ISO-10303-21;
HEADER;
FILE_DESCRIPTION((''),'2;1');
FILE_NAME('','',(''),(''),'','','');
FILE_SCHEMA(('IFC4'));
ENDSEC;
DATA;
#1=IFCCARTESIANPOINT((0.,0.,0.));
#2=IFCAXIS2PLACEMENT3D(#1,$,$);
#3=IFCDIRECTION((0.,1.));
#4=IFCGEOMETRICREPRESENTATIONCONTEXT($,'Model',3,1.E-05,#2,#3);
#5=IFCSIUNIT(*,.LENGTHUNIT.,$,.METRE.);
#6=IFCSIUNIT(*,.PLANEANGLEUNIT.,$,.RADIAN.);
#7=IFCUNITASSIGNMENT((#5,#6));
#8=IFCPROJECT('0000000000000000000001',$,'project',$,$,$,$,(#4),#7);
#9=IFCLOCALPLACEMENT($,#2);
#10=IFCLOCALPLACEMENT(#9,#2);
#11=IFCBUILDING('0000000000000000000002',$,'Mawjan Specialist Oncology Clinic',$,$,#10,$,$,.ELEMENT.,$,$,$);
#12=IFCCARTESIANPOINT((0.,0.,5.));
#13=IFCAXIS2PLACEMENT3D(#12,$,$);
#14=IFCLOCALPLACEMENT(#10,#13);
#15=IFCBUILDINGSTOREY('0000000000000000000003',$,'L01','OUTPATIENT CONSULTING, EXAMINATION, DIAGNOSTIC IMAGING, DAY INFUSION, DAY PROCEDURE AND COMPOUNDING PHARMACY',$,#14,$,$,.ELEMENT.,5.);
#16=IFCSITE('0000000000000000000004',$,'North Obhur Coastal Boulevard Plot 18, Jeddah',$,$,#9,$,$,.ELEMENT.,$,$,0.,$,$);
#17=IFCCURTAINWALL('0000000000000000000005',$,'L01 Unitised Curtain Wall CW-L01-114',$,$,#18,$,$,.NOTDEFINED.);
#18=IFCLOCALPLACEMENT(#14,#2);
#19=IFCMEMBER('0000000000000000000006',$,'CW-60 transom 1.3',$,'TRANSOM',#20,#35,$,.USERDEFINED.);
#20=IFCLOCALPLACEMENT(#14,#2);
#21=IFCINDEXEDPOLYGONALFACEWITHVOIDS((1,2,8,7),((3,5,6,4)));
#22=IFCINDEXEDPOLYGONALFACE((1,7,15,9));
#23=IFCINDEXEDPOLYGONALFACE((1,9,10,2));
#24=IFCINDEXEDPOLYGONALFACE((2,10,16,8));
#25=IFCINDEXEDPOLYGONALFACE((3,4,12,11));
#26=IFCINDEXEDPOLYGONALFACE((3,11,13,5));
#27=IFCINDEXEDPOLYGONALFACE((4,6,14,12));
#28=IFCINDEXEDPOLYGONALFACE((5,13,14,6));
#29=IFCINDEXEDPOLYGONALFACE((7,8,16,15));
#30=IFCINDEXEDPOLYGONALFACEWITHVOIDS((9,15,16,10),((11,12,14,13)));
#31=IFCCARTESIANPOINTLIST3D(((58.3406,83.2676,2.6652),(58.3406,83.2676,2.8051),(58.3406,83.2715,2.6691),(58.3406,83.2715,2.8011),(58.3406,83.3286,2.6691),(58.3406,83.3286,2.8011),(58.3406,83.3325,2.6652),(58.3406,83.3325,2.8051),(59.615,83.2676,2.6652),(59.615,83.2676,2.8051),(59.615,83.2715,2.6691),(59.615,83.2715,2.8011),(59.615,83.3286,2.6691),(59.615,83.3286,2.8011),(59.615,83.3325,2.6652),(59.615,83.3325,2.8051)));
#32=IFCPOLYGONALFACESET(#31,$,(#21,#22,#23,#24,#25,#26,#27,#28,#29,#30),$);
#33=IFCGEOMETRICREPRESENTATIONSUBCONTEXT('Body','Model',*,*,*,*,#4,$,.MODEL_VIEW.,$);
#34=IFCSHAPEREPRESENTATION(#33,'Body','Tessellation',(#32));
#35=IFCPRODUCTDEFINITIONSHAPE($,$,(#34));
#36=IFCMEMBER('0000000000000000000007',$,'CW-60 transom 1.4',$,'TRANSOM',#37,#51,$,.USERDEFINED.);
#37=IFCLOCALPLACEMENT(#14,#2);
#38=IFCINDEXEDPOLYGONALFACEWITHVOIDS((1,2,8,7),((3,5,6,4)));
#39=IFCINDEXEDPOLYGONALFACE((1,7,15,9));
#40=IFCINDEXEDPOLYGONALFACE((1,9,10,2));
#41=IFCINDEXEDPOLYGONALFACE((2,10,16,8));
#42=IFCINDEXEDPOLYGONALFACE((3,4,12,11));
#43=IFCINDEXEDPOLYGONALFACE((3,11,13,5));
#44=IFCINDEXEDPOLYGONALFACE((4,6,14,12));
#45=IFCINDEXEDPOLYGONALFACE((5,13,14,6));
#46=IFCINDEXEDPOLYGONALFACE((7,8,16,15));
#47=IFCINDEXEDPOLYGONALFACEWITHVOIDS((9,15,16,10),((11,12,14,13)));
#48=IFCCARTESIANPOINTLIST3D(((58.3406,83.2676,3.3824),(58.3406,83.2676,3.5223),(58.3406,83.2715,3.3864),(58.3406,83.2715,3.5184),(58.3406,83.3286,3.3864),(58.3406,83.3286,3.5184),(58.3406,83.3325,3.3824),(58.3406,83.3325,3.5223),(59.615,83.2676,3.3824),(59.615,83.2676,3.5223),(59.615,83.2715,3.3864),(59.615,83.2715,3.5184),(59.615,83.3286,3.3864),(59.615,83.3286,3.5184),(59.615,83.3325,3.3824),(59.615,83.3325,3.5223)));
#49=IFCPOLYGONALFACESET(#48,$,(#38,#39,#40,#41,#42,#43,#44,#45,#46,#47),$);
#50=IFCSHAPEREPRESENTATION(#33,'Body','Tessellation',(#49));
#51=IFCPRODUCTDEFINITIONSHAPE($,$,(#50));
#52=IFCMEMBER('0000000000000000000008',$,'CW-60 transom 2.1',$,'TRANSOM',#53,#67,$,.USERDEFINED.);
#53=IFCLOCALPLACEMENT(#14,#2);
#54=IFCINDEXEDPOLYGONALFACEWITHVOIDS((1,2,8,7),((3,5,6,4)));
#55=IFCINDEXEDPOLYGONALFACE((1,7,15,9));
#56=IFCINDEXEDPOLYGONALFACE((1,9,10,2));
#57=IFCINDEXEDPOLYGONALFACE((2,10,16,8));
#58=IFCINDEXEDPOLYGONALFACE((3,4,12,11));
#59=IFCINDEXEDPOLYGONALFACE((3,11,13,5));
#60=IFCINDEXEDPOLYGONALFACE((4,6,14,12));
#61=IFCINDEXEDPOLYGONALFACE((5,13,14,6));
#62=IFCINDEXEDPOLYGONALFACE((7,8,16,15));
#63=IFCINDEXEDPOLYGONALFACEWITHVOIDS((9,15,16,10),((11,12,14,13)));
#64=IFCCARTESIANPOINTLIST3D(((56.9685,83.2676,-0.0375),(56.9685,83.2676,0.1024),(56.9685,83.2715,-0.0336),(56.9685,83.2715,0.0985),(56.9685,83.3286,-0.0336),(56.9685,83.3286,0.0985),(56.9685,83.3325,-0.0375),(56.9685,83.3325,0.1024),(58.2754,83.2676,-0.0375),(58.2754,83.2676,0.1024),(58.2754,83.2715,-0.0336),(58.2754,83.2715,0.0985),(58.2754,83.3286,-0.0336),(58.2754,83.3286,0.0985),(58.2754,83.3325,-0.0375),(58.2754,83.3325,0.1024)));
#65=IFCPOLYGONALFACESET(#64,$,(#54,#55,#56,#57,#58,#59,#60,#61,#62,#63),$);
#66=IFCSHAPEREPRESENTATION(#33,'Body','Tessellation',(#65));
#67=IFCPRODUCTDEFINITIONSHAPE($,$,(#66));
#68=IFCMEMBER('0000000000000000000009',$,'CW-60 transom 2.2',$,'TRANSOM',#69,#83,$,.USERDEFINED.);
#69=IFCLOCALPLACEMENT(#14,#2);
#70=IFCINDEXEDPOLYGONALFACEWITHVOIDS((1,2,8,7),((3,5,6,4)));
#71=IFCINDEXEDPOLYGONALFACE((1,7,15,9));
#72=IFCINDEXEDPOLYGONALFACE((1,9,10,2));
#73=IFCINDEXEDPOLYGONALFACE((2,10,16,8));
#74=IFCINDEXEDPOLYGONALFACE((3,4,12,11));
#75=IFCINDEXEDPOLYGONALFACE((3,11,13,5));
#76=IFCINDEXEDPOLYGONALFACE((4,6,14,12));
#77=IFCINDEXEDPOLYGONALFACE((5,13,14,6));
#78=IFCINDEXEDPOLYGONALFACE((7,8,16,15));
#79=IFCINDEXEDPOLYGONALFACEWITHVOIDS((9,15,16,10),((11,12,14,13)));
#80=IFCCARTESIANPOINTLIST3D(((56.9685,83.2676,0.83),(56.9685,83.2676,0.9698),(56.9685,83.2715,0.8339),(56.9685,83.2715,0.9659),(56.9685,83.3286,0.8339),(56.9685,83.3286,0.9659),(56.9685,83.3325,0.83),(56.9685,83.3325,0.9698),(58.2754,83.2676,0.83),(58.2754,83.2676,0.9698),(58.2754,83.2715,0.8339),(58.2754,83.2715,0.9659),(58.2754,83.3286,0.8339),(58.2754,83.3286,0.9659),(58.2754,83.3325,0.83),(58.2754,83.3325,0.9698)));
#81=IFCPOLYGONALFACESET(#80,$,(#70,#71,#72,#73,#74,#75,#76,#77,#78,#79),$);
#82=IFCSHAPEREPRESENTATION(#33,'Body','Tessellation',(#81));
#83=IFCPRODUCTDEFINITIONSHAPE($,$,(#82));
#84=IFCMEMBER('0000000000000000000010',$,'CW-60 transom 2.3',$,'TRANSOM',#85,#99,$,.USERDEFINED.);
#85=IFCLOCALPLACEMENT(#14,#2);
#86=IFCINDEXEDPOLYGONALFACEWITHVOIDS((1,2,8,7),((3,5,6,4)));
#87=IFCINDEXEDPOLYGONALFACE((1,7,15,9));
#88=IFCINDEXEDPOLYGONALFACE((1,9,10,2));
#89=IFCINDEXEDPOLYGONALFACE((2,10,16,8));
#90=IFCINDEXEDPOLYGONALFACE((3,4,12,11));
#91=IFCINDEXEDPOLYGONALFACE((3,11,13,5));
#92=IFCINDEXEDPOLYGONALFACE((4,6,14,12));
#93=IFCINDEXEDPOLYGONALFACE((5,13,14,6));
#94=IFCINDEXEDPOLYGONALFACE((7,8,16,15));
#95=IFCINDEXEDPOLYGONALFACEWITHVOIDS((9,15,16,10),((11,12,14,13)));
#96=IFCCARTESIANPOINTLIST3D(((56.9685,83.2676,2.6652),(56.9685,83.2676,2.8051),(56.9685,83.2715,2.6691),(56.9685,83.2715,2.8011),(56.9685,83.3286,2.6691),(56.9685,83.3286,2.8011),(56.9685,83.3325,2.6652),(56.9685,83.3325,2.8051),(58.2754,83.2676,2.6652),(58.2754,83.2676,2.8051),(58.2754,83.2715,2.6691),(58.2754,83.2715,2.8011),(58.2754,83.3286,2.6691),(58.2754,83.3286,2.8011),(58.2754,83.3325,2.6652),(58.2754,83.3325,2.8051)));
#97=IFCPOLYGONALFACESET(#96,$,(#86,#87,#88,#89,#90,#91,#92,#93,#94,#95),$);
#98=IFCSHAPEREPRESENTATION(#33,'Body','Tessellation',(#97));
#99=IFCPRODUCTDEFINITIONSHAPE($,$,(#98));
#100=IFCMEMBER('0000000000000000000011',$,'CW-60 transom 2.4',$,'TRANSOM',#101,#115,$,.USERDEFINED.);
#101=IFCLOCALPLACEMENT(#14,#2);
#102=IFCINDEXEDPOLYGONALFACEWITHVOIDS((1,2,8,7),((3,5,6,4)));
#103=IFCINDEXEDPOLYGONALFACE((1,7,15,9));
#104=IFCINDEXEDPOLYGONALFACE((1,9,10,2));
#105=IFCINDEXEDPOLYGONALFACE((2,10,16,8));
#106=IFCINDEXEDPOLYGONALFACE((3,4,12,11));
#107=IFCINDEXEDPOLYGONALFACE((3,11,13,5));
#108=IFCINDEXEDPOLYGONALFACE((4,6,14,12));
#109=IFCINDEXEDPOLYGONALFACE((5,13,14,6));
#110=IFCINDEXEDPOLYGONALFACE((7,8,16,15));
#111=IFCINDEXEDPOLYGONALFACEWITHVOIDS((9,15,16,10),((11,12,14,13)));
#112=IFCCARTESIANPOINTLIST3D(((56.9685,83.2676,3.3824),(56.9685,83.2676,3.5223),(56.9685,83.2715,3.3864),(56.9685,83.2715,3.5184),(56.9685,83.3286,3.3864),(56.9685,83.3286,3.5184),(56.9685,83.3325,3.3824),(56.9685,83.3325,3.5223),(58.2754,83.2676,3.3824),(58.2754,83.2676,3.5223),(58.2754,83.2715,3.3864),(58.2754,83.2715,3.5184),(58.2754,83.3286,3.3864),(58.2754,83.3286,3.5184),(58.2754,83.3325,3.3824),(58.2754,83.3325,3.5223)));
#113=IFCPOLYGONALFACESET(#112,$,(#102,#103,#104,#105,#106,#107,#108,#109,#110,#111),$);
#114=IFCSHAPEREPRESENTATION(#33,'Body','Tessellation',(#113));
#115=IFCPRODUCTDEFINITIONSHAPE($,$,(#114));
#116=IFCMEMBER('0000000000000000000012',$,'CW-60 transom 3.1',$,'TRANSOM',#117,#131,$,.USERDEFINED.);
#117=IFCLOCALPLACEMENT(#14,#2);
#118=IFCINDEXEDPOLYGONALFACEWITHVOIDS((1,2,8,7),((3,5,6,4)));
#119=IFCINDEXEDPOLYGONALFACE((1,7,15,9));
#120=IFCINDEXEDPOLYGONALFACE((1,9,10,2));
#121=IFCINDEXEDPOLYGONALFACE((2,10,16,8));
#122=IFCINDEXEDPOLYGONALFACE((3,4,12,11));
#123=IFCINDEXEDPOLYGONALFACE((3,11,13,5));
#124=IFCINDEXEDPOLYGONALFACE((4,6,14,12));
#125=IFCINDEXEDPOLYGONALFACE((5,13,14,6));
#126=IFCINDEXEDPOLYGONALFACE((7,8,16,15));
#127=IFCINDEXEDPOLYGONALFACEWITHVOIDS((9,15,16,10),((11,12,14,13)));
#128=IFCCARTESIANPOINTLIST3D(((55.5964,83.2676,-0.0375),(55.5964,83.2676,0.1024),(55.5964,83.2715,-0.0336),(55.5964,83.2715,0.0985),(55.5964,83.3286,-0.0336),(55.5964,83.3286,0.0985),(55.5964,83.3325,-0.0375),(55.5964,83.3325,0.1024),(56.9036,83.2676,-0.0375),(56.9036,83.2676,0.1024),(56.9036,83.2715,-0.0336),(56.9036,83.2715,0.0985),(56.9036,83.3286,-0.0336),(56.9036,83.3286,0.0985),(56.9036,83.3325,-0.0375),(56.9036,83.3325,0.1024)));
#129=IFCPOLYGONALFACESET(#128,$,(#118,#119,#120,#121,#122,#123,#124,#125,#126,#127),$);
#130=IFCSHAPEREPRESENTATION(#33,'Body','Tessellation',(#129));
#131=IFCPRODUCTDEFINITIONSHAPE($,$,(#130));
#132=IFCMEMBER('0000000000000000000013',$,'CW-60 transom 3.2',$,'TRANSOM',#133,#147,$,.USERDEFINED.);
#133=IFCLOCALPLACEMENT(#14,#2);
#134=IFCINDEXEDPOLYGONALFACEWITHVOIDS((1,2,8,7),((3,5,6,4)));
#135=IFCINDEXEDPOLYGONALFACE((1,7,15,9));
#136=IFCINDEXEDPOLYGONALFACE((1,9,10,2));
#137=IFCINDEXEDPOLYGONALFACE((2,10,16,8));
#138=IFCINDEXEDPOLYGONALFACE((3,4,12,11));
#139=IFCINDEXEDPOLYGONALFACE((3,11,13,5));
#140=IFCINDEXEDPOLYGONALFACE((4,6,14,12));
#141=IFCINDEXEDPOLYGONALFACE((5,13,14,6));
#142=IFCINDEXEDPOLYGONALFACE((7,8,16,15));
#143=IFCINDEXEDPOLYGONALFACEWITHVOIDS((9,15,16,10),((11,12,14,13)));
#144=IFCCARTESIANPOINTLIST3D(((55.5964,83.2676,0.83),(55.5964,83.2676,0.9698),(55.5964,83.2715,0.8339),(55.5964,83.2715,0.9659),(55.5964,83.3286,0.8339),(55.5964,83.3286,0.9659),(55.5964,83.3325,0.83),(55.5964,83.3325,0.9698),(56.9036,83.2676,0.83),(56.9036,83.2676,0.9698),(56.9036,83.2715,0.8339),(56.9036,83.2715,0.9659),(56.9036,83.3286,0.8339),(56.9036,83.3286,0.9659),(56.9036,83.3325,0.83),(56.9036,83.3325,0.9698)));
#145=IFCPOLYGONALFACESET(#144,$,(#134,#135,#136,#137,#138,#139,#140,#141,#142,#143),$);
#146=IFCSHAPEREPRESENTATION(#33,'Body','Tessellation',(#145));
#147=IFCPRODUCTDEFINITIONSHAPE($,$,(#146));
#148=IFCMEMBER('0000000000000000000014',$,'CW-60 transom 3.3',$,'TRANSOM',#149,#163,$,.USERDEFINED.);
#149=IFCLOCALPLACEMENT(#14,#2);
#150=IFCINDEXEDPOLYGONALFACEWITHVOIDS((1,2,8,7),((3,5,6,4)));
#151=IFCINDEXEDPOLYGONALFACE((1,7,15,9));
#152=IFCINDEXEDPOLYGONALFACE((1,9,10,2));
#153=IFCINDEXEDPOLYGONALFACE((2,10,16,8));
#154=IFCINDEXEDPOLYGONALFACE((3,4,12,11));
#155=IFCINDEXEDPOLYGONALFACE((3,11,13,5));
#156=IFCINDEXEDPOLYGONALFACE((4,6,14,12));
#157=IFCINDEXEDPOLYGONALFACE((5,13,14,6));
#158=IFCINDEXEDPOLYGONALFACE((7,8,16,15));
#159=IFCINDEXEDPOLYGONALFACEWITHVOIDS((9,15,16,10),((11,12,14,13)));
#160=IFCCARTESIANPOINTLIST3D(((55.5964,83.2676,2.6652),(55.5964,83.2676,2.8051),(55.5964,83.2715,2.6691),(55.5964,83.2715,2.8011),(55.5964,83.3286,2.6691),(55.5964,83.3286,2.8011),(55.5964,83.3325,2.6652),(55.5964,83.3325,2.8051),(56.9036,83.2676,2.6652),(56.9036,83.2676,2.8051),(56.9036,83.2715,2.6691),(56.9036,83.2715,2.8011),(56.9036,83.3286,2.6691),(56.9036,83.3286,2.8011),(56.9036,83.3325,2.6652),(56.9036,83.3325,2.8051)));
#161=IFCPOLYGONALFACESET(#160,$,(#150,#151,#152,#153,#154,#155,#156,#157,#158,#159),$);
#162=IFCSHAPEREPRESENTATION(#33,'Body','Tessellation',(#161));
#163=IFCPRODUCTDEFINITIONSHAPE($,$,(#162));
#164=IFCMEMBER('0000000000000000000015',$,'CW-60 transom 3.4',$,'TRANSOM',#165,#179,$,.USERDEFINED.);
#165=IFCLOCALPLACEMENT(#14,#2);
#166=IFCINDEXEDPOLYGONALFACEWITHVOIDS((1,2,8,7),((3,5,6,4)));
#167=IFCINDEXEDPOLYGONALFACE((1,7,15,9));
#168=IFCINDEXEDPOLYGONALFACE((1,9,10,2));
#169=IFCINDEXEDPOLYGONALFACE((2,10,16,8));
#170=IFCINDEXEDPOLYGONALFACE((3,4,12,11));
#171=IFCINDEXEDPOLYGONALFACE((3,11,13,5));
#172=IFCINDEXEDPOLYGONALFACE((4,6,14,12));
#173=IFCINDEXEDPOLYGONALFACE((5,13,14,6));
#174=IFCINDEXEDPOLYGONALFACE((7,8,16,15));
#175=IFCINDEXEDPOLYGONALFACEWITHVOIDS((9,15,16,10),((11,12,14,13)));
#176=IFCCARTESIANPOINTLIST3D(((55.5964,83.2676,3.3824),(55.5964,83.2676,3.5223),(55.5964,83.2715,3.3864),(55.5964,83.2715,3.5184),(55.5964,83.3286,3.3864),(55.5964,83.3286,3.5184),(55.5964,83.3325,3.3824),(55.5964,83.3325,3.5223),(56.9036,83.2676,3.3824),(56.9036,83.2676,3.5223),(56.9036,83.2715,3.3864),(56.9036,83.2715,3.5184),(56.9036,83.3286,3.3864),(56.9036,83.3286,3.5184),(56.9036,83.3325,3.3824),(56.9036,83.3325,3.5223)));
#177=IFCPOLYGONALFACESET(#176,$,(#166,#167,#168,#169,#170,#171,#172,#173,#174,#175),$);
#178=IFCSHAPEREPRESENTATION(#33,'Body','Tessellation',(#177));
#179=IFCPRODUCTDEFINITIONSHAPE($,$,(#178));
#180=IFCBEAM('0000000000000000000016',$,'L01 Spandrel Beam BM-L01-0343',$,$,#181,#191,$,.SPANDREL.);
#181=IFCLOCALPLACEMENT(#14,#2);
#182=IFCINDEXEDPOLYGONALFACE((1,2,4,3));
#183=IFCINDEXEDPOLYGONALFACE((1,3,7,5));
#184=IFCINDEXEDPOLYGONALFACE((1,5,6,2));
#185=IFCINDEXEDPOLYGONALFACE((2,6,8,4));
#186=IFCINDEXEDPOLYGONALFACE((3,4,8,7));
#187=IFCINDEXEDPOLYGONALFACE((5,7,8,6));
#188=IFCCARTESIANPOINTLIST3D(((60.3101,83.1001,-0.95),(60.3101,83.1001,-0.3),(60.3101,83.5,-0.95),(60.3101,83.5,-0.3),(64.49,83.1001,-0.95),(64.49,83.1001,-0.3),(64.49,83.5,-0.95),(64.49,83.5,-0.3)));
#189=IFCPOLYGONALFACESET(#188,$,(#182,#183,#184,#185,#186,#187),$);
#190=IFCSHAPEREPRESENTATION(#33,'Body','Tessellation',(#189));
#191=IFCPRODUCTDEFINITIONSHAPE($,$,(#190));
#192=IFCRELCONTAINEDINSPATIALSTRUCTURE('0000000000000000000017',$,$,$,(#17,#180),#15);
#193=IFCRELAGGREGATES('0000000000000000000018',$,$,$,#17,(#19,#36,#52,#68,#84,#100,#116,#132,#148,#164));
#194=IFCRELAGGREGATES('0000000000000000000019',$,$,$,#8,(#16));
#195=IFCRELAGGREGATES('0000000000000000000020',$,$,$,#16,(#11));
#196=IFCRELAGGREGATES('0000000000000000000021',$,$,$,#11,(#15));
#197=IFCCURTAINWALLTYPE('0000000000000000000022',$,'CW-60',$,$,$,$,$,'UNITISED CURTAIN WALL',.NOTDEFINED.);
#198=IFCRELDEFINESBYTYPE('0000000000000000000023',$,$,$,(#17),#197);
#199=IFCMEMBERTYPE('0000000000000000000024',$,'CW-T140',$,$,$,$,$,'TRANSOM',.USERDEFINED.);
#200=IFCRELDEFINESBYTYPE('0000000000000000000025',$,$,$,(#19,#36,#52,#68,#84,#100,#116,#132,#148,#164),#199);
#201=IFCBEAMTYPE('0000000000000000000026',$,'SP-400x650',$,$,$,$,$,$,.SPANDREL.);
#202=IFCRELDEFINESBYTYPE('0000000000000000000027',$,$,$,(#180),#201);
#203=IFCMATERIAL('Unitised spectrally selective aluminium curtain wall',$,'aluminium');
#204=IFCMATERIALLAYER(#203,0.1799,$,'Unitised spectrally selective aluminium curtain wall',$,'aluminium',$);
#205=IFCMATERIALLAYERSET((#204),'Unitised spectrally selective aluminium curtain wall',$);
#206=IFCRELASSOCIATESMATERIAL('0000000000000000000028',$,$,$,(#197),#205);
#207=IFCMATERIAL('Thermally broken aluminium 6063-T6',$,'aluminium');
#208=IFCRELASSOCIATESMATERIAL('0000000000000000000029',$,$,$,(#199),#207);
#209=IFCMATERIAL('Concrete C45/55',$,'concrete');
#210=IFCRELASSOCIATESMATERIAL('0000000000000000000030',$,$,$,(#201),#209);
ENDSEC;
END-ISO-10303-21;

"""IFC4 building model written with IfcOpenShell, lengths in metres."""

from ifc_helpers import new_model, si_unit, direction, frame, origin, origin_2d, place, context, subcontext, project, spatial, rectangle, hollow_rectangle, extrude, material, layer, layer_set, material_profile, profile_set, type_object, element, aggregate, save


model = new_model("IFC4")

# Units and contexts
model_context = context("Model", 3, precision=1e-05, world=origin(), true_north=direction((0.0, 1.0)))
body_context = subcontext(model_context, "Body", "Model", "MODEL_VIEW")
ifc_project = project(units=[si_unit("LENGTHUNIT", "METRE"), si_unit("PLANEANGLEUNIT", "RADIAN")], contexts=[model_context])

# Site, building, storey
site_placement = place(None, origin())
site = spatial("IfcSite", under=ifc_project, at=site_placement, Name="North Obhur Coastal Boulevard Plot 18, Jeddah", CompositionType="ELEMENT", RefElevation=0.0)
building_placement = place(site_placement, origin())
building = spatial("IfcBuilding", under=site, at=building_placement, Name="Mawjan Specialist Oncology Clinic", CompositionType="ELEMENT")
storey_placement = place(building_placement, frame((0.0, 0.0, 5.0)))
storey = spatial("IfcBuildingStorey", under=building, at=storey_placement, Name="L01", Description="OUTPATIENT CONSULTING, EXAMINATION, DIAGNOSTIC IMAGING, DAY INFUSION, DAY PROCEDURE AND COMPOUNDING PHARMACY", CompositionType="ELEMENT", Elevation=5.0)

# Curtain wall
ifc_material_1 = material(Name="Unitised spectrally selective aluminium curtain wall", Category="aluminium")
ifc_layer_1 = layer(ifc_material_1, 0.1799, Name="Unitised spectrally selective aluminium curtain wall", Category="aluminium")
ifc_layer_set_1 = layer_set([ifc_layer_1], Name="Unitised spectrally selective aluminium curtain wall")
curtain_wall_type_1 = type_object("IfcCurtainWallType", Name="CW-60", ElementType="UNITISED CURTAIN WALL", PredefinedType="NOTDEFINED", material=ifc_layer_set_1)
curtain_wall_1_placement = place(storey_placement, origin())
curtain_wall_1 = element("IfcCurtainWall", 1, at=curtain_wall_1_placement, inside=storey, type_object=curtain_wall_type_1, Name="L01 Unitised Curtain Wall CW-L01-114", PredefinedType="NOTDEFINED")

# Members
ifc_material_2 = material(Name="Thermally broken aluminium 6063-T6", Category="aluminium")
ifc_material_profile_1 = material_profile(ifc_material_2, hollow_rectangle(XDim=0.0649, YDim=0.1399, WallThickness=0.0039, at=origin_2d()), Name="ALU TRANSOM 140x65x4", Category="aluminium")
ifc_profile_set_1 = profile_set([ifc_material_profile_1], Name="Thermally broken aluminium 6063-T6")
member_type_1 = type_object("IfcMemberType", Name="CW-T140", ElementType="TRANSOM", PredefinedType="USERDEFINED", material=ifc_profile_set_1)
member_1_placement = place(storey_placement, frame((59.615, 83.3, 2.7351), z_axis=(-1.0, 0.0, 0.0), x_axis=(0.0, -1.0, 0.0)))
member_1 = element("IfcMember", 2, at=member_1_placement, type_object=member_type_1, Name="CW-60 transom 1.3", ObjectType="TRANSOM", PredefinedType="USERDEFINED", context=body_context, shape_type="SweptSolid", body=[
    extrude(hollow_rectangle(XDim=0.0649, YDim=0.1399, WallThickness=0.0039, at=origin_2d()), origin(), (0.0, 0.0, 1.0), 1.2744),
])
member_2_placement = place(storey_placement, frame((59.615, 83.3, 3.4524), z_axis=(-1.0, 0.0, 0.0), x_axis=(0.0, -1.0, 0.0)))
member_2 = element("IfcMember", 3, at=member_2_placement, type_object=member_type_1, Name="CW-60 transom 1.4", ObjectType="TRANSOM", PredefinedType="USERDEFINED", context=body_context, shape_type="SweptSolid", body=[
    extrude(hollow_rectangle(XDim=0.0649, YDim=0.1399, WallThickness=0.0039, at=origin_2d()), origin(), (0.0, 0.0, 1.0), 1.2744),
])
member_3_placement = place(storey_placement, frame((58.2754, 83.3, 0.0325), z_axis=(-1.0, 0.0, 0.0), x_axis=(0.0, -1.0, 0.0)))
member_3 = element("IfcMember", 4, at=member_3_placement, type_object=member_type_1, Name="CW-60 transom 2.1", ObjectType="TRANSOM", PredefinedType="USERDEFINED", context=body_context, shape_type="SweptSolid", body=[
    extrude(hollow_rectangle(XDim=0.0649, YDim=0.1399, WallThickness=0.0039, at=origin_2d()), origin(), (0.0, 0.0, 1.0), 1.3069),
])
member_4_placement = place(storey_placement, frame((58.2754, 83.3, 0.8999), z_axis=(-1.0, 0.0, 0.0), x_axis=(0.0, -1.0, 0.0)))
member_4 = element("IfcMember", 5, at=member_4_placement, type_object=member_type_1, Name="CW-60 transom 2.2", ObjectType="TRANSOM", PredefinedType="USERDEFINED", context=body_context, shape_type="SweptSolid", body=[
    extrude(hollow_rectangle(XDim=0.0649, YDim=0.1399, WallThickness=0.0039, at=origin_2d()), origin(), (0.0, 0.0, 1.0), 1.3069),
])
member_5_placement = place(storey_placement, frame((58.2754, 83.3, 2.7351), z_axis=(-1.0, 0.0, 0.0), x_axis=(0.0, -1.0, 0.0)))
member_5 = element("IfcMember", 6, at=member_5_placement, type_object=member_type_1, Name="CW-60 transom 2.3", ObjectType="TRANSOM", PredefinedType="USERDEFINED", context=body_context, shape_type="SweptSolid", body=[
    extrude(hollow_rectangle(XDim=0.0649, YDim=0.1399, WallThickness=0.0039, at=origin_2d()), origin(), (0.0, 0.0, 1.0), 1.3069),
])
member_6_placement = place(storey_placement, frame((58.2754, 83.3, 3.4524), z_axis=(-1.0, 0.0, 0.0), x_axis=(0.0, -1.0, 0.0)))
member_6 = element("IfcMember", 7, at=member_6_placement, type_object=member_type_1, Name="CW-60 transom 2.4", ObjectType="TRANSOM", PredefinedType="USERDEFINED", context=body_context, shape_type="SweptSolid", body=[
    extrude(hollow_rectangle(XDim=0.0649, YDim=0.1399, WallThickness=0.0039, at=origin_2d()), origin(), (0.0, 0.0, 1.0), 1.3069),
])
member_7_placement = place(storey_placement, frame((56.9036, 83.3, 0.0325), z_axis=(-1.0, 0.0, 0.0), x_axis=(0.0, -1.0, 0.0)))
member_7 = element("IfcMember", 8, at=member_7_placement, type_object=member_type_1, Name="CW-60 transom 3.1", ObjectType="TRANSOM", PredefinedType="USERDEFINED", context=body_context, shape_type="SweptSolid", body=[
    extrude(hollow_rectangle(XDim=0.0649, YDim=0.1399, WallThickness=0.0039, at=origin_2d()), origin(), (0.0, 0.0, 1.0), 1.3071),
])
member_8_placement = place(storey_placement, frame((56.9036, 83.3, 0.8999), z_axis=(-1.0, 0.0, 0.0), x_axis=(0.0, -1.0, 0.0)))
member_8 = element("IfcMember", 9, at=member_8_placement, type_object=member_type_1, Name="CW-60 transom 3.2", ObjectType="TRANSOM", PredefinedType="USERDEFINED", context=body_context, shape_type="SweptSolid", body=[
    extrude(hollow_rectangle(XDim=0.0649, YDim=0.1399, WallThickness=0.0039, at=origin_2d()), origin(), (0.0, 0.0, 1.0), 1.3071),
])
member_9_placement = place(storey_placement, frame((56.9036, 83.3, 2.7351), z_axis=(-1.0, 0.0, 0.0), x_axis=(0.0, -1.0, 0.0)))
member_9 = element("IfcMember", 10, at=member_9_placement, type_object=member_type_1, Name="CW-60 transom 3.3", ObjectType="TRANSOM", PredefinedType="USERDEFINED", context=body_context, shape_type="SweptSolid", body=[
    extrude(hollow_rectangle(XDim=0.0649, YDim=0.1399, WallThickness=0.0039, at=origin_2d()), origin(), (0.0, 0.0, 1.0), 1.3071),
])
member_10_placement = place(storey_placement, frame((56.9036, 83.3, 3.4524), z_axis=(-1.0, 0.0, 0.0), x_axis=(0.0, -1.0, 0.0)))
member_10 = element("IfcMember", 11, at=member_10_placement, type_object=member_type_1, Name="CW-60 transom 3.4", ObjectType="TRANSOM", PredefinedType="USERDEFINED", context=body_context, shape_type="SweptSolid", body=[
    extrude(hollow_rectangle(XDim=0.0649, YDim=0.1399, WallThickness=0.0039, at=origin_2d()), origin(), (0.0, 0.0, 1.0), 1.3071),
])

# Beam
ifc_material_3 = material(Name="Concrete C45/55", Category="concrete")
ifc_material_profile_2 = material_profile(ifc_material_3, rectangle(XDim=0.3999, YDim=0.6499, at=origin_2d()), Name="RC BM 400x650", Category="concrete")
ifc_profile_set_2 = profile_set([ifc_material_profile_2], Name="Concrete C45/55")
beam_type = type_object("IfcBeamType", Name="SP-400x650", PredefinedType="SPANDREL", material=ifc_profile_set_2)
beam_placement = place(storey_placement, frame((60.3101, 83.3, -0.625), z_axis=(1.0, 0.0, 0.0), x_axis=(0.0, 1.0, 0.0)))
element("IfcBeam", 12, at=beam_placement, inside=storey, type_object=beam_type, Name="L01 Spandrel Beam BM-L01-0343", PredefinedType="SPANDREL", context=body_context, shape_type="SweptSolid", body=[
    extrude(rectangle(XDim=0.3999, YDim=0.6499, at=origin_2d()), origin(), (0.0, 0.0, 1.0), 4.1799),
])

aggregate(curtain_wall_1, [member_1, member_2, member_3, member_4, member_5, member_6, member_7, member_8, member_9, member_10])

save(model, "model.ifc")
